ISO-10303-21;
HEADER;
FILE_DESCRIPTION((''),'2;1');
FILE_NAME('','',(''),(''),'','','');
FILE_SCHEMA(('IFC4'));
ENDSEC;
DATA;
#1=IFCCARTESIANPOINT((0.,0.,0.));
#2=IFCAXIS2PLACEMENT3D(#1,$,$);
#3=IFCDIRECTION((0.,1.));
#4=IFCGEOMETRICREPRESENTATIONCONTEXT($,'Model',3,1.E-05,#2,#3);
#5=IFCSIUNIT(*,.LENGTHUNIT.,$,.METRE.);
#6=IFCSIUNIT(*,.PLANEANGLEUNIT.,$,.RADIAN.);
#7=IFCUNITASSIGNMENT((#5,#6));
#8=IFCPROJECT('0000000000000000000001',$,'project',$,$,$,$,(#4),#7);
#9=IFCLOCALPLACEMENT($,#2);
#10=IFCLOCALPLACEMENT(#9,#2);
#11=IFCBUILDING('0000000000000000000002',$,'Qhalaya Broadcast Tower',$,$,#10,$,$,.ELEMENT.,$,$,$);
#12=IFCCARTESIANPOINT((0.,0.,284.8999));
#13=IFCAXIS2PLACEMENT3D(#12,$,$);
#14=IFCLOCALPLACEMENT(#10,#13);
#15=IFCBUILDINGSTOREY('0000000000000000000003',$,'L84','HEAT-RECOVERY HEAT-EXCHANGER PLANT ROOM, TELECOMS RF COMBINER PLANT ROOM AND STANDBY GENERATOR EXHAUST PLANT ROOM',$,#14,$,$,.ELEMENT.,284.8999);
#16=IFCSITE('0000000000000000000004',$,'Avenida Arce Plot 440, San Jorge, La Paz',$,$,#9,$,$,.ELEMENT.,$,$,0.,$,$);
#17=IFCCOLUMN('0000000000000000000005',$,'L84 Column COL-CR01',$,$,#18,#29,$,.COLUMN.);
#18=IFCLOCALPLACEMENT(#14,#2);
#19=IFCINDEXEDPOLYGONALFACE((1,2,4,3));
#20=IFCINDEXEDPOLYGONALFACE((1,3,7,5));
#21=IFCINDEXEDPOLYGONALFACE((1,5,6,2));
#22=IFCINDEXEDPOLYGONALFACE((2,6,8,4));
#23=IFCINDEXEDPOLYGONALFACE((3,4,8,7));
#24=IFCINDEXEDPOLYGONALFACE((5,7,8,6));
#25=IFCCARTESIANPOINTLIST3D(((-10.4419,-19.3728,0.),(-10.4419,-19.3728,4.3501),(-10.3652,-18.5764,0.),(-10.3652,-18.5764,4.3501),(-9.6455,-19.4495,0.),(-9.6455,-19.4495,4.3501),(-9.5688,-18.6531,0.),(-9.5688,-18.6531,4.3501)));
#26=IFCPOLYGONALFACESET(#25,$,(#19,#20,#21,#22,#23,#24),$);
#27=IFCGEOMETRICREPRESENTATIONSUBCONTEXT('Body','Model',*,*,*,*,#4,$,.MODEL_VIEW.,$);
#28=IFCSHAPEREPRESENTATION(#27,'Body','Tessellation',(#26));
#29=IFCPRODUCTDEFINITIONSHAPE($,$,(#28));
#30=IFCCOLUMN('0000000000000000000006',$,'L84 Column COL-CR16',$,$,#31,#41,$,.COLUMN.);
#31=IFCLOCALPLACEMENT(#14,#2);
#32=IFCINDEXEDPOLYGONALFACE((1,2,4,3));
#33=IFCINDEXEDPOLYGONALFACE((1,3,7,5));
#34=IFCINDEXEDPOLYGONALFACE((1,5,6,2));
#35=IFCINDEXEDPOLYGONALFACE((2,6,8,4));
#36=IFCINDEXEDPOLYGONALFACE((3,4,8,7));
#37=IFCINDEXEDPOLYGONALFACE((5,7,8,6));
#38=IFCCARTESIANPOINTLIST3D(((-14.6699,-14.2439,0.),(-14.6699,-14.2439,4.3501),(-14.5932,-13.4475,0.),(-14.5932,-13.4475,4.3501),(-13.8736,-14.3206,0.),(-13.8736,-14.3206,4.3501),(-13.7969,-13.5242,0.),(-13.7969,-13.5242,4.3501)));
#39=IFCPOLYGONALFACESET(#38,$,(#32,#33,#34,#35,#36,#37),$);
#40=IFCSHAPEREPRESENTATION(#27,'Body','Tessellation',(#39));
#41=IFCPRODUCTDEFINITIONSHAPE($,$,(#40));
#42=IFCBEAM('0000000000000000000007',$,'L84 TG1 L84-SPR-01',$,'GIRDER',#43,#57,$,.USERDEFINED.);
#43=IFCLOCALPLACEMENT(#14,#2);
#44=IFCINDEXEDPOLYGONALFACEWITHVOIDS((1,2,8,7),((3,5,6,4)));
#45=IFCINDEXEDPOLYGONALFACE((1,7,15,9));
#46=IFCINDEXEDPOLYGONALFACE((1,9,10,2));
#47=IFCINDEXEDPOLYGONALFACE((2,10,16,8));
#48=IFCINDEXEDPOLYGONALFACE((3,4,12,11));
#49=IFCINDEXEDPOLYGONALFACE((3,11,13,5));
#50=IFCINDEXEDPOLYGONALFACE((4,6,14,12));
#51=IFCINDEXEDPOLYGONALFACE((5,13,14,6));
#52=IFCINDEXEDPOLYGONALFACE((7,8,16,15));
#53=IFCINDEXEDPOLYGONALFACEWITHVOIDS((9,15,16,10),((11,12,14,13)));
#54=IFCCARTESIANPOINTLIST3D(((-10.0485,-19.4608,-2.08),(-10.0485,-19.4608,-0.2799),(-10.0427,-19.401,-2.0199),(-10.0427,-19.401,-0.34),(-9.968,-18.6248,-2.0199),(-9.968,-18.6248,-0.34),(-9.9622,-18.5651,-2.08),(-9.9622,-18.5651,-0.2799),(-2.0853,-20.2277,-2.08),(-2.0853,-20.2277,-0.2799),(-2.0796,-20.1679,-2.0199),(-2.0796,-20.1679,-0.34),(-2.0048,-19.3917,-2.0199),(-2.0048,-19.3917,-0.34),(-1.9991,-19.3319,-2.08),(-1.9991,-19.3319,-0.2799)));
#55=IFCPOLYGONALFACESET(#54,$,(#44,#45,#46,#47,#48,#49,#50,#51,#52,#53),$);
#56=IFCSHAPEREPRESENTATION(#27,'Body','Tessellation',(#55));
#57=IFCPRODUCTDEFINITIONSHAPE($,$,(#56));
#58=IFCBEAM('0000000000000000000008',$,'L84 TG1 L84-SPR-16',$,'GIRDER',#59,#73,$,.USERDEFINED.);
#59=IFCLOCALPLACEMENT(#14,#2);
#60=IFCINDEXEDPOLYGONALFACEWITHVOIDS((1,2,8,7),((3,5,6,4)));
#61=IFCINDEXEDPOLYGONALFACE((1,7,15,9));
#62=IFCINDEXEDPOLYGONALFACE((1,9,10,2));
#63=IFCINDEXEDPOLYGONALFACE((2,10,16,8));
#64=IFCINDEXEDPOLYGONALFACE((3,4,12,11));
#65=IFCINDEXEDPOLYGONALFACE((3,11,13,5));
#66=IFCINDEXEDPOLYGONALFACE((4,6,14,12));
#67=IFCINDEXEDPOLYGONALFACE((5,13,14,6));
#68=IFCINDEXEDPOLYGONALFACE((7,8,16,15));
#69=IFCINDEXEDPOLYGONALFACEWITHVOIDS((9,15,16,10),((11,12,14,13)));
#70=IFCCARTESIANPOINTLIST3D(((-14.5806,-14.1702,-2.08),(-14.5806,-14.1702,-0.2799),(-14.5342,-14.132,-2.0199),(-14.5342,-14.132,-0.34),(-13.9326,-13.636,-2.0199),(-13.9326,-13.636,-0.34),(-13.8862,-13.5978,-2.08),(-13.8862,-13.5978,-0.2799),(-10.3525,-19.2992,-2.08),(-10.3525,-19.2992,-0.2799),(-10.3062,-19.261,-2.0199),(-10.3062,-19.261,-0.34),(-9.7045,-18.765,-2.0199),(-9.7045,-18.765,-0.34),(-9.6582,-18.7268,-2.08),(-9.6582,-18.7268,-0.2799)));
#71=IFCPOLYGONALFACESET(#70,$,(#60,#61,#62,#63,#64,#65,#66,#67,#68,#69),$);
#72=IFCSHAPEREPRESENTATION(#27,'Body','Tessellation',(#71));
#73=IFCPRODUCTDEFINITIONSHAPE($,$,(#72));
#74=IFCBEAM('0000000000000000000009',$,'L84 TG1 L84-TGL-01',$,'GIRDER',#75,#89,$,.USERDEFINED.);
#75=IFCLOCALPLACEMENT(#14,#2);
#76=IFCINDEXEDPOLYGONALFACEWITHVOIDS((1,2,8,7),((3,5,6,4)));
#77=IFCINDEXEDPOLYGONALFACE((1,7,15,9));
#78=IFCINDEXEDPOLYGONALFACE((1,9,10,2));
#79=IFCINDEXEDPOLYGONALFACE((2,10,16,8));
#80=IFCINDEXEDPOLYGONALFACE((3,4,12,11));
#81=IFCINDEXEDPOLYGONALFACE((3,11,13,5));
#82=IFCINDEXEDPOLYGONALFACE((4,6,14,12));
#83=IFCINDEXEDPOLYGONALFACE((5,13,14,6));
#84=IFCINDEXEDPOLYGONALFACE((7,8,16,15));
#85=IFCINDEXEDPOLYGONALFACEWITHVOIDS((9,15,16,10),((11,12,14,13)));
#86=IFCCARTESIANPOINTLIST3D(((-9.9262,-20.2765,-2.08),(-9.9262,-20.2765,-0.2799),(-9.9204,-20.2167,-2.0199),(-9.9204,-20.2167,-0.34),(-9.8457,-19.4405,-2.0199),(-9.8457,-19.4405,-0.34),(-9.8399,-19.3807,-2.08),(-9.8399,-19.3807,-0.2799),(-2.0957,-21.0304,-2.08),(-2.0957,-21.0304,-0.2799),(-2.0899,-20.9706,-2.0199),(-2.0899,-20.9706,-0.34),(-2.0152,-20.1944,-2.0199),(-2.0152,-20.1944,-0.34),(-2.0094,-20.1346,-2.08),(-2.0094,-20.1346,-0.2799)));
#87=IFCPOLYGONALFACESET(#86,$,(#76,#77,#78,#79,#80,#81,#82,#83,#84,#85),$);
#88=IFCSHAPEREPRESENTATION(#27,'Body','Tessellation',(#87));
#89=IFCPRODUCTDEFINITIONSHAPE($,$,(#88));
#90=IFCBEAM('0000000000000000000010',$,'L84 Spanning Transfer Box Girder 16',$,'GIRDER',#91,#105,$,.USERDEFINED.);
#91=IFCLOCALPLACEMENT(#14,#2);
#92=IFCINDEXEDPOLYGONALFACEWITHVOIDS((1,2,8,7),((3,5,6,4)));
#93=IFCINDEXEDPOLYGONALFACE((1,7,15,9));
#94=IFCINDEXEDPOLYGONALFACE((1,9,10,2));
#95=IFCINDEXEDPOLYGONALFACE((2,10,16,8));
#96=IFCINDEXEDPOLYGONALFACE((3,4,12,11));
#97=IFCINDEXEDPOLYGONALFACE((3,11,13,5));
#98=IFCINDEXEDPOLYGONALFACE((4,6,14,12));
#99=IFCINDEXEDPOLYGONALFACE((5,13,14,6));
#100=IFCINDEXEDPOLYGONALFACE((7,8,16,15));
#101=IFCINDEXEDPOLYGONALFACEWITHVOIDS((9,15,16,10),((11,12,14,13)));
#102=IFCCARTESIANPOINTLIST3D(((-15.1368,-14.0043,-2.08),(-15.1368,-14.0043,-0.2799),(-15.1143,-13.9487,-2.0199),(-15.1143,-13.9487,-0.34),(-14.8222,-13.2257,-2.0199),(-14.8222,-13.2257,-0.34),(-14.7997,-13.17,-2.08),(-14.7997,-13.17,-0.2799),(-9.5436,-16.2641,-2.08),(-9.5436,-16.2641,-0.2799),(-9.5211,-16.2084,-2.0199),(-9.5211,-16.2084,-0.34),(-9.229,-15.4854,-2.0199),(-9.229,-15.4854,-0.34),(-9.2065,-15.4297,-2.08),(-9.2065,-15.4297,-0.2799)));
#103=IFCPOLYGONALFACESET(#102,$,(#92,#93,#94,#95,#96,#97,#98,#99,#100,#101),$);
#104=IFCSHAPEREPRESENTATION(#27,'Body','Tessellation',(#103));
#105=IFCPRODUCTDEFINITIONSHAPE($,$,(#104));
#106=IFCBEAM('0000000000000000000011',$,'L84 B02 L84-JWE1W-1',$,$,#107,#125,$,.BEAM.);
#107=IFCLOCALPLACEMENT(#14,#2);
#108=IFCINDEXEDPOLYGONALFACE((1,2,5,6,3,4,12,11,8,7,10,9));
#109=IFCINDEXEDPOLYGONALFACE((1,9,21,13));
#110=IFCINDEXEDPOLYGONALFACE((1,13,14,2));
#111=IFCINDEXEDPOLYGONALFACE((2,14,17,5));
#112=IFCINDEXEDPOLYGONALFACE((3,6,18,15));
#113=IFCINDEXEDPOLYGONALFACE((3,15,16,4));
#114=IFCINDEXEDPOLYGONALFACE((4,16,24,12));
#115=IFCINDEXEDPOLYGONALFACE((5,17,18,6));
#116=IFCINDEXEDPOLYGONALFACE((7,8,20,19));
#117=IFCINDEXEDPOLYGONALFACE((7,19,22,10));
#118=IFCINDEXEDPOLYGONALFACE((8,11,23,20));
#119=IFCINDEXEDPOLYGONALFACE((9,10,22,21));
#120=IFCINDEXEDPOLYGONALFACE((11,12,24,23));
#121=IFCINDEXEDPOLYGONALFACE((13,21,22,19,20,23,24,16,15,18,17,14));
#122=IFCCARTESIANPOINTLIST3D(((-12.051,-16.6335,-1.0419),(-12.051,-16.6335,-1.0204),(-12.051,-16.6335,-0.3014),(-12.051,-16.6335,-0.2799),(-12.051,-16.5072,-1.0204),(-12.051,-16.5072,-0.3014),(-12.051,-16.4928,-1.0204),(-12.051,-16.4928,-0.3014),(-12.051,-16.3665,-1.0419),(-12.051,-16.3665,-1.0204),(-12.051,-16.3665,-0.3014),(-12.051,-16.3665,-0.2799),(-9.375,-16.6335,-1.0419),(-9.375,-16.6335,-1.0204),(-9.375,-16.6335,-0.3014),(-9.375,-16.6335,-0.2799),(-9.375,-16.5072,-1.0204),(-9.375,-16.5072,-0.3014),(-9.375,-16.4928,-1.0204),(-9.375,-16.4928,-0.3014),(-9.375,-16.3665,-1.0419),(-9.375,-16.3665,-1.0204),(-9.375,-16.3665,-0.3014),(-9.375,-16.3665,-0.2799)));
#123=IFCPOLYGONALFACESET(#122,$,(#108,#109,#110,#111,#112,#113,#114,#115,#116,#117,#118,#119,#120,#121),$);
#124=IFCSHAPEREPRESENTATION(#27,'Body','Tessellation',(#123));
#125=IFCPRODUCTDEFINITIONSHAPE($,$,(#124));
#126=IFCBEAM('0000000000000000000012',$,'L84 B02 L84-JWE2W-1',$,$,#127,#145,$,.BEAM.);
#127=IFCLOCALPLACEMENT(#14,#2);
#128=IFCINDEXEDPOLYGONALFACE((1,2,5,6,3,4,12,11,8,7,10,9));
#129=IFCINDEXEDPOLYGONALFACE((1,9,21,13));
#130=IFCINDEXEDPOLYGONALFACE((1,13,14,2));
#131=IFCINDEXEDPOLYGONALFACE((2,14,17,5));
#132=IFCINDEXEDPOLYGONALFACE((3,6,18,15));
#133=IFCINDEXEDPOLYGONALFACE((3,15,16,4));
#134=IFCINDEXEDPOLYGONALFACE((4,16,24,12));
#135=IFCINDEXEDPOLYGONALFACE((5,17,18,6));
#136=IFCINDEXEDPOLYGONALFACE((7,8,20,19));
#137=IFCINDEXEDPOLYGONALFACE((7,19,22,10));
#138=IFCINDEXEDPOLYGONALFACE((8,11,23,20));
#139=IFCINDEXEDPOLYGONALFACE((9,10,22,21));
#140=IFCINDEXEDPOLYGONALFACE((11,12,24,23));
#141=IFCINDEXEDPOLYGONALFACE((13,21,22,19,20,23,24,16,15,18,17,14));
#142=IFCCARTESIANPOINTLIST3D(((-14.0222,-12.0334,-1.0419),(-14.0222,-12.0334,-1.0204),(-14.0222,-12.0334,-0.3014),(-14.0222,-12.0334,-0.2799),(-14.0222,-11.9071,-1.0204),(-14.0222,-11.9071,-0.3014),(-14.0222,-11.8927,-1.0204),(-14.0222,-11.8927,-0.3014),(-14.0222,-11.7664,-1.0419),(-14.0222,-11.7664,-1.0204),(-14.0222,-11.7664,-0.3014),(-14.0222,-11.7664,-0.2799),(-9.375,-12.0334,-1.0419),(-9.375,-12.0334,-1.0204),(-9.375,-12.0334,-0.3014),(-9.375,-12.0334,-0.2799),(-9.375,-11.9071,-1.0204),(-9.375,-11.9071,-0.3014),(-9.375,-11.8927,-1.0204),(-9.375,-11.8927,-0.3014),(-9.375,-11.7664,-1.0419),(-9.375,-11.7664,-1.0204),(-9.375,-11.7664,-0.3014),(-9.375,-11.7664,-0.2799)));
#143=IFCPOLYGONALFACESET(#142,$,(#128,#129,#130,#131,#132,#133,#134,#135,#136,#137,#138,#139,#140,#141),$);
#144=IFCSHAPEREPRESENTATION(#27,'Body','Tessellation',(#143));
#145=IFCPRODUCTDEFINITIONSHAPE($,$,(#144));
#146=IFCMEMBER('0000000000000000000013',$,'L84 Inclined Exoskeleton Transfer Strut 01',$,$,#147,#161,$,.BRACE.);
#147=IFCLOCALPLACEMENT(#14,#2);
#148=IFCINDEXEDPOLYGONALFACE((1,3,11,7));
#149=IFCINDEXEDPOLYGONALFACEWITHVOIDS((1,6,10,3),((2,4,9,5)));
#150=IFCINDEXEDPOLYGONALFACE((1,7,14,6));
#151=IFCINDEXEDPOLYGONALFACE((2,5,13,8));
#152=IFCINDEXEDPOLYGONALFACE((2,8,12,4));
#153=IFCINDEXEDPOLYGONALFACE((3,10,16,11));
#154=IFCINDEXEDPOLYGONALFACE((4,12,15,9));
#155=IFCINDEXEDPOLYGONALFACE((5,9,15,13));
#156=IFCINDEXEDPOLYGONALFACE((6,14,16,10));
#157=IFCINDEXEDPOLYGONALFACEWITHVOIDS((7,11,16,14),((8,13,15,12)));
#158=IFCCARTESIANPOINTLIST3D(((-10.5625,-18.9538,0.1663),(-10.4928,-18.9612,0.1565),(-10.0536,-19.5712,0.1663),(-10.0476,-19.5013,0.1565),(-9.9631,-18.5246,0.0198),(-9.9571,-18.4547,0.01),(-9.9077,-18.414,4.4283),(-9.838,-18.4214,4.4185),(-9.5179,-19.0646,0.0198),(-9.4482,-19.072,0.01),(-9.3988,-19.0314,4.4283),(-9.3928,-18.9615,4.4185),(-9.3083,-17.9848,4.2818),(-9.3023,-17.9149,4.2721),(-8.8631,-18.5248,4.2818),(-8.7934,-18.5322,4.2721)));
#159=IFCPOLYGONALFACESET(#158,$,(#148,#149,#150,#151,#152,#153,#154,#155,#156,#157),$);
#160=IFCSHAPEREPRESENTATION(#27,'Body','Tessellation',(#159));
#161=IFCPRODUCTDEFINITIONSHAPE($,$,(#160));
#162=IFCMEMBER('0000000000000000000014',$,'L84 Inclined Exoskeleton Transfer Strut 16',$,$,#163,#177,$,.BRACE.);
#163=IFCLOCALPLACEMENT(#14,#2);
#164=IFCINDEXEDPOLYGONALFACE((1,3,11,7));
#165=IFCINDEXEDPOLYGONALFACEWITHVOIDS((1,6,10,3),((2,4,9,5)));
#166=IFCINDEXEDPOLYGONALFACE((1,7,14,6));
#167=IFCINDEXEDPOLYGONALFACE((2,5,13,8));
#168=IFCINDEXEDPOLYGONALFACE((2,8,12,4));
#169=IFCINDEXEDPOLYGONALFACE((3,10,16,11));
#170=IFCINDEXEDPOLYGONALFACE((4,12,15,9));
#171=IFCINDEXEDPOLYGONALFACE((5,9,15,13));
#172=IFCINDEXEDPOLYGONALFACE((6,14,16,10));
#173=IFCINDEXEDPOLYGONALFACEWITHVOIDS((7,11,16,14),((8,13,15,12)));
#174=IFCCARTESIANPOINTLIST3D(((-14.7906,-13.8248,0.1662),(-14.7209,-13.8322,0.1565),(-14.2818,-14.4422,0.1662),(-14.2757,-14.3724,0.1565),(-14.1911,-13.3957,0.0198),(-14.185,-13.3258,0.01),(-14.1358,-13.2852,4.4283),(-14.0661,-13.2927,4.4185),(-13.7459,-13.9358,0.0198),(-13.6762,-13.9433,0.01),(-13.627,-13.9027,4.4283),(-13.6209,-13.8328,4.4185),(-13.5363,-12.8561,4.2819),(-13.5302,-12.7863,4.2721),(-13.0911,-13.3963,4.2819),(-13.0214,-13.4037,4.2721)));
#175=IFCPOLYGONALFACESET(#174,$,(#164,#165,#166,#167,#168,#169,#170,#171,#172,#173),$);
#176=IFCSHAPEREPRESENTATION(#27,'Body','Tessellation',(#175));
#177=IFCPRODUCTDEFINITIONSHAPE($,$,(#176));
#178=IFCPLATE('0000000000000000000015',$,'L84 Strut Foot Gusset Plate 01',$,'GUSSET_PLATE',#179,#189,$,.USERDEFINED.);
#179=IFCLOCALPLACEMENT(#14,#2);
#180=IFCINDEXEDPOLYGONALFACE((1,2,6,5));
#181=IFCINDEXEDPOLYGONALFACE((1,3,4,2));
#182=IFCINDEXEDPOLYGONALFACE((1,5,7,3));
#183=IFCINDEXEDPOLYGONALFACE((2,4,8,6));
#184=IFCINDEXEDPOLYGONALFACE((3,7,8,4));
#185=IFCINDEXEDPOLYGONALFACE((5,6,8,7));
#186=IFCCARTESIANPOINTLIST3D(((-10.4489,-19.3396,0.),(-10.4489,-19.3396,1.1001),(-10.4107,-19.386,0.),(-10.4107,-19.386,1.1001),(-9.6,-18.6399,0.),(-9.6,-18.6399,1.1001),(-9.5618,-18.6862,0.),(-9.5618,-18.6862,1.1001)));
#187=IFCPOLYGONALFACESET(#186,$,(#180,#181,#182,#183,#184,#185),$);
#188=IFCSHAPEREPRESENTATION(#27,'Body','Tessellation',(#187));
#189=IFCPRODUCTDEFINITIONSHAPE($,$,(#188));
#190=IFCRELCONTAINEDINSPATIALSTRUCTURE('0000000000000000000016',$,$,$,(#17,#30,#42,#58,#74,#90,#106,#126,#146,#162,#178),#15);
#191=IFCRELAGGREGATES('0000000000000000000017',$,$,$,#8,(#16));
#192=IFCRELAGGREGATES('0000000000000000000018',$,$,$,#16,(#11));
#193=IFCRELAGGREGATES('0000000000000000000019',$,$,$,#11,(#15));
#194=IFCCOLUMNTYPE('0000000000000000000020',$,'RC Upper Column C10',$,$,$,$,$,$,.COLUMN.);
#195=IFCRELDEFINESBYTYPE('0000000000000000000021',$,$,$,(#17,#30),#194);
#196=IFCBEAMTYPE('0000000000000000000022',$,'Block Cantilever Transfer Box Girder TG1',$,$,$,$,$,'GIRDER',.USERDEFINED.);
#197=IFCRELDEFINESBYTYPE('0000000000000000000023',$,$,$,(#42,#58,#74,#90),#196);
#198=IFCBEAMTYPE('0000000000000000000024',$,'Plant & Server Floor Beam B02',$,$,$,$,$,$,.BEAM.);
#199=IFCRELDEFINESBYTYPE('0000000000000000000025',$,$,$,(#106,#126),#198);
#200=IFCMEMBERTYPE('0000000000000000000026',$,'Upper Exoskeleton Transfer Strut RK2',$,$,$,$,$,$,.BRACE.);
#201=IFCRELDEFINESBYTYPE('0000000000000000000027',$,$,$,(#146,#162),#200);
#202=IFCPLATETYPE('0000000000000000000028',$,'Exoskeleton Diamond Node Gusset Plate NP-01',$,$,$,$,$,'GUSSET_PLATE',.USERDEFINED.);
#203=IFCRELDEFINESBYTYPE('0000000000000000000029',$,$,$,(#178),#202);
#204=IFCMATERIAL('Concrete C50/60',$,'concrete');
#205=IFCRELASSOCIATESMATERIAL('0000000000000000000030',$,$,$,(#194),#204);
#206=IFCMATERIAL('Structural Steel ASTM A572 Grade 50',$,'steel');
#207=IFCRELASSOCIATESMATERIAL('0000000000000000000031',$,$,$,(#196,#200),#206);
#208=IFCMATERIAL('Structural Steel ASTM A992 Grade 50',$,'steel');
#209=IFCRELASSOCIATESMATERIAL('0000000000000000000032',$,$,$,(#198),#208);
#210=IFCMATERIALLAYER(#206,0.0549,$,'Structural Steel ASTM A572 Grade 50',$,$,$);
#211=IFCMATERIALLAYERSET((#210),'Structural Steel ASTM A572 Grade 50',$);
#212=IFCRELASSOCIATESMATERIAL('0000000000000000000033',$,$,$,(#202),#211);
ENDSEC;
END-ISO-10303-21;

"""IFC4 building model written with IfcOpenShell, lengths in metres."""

from ifc_helpers import new_model, si_unit, direction, frame, origin, origin_2d, place, context, subcontext, project, spatial, rectangle, hollow_rectangle, i_section, extrude, material, layer, layer_set, material_profile, profile_set, type_object, element, save


model = new_model("IFC4")

# Units and contexts
model_context = context("Model", 3, precision=1e-05, world=origin(), true_north=direction((0.0, 1.0)))
body_context = subcontext(model_context, "Body", "Model", "MODEL_VIEW")
ifc_project = project(units=[si_unit("LENGTHUNIT", "METRE"), si_unit("PLANEANGLEUNIT", "RADIAN")], contexts=[model_context])

# Site, building, storey
site_placement = place(None, origin())
site = spatial("IfcSite", under=ifc_project, at=site_placement, Name="Avenida Arce Plot 440, San Jorge, La Paz", CompositionType="ELEMENT", RefElevation=0.0)
building_placement = place(site_placement, origin())
building = spatial("IfcBuilding", under=site, at=building_placement, Name="Qhalaya Broadcast Tower", CompositionType="ELEMENT")
storey_placement = place(building_placement, frame((0.0, 0.0, 284.8999)))
storey = spatial("IfcBuildingStorey", under=building, at=storey_placement, Name="L84", Description="HEAT-RECOVERY HEAT-EXCHANGER PLANT ROOM, TELECOMS RF COMBINER PLANT ROOM AND STANDBY GENERATOR EXHAUST PLANT ROOM", CompositionType="ELEMENT", Elevation=284.8999)

# Columns
ifc_material_1 = material(Name="Concrete C50/60", Category="concrete")
ifc_material_profile_1 = material_profile(ifc_material_1, rectangle(XDim=0.8, YDim=0.8, at=origin_2d()), Name="RC-COL 800x800")
ifc_profile_set_1 = profile_set([ifc_material_profile_1], Name="Concrete C50/60")
column_type = type_object("IfcColumnType", Name="RC Upper Column C10", PredefinedType="COLUMN", material=ifc_profile_set_1)
for number, where, z_axis, x_axis, name in (
    (1, (-10.0054, -19.0129, 0.0), (0.0, 0.0, 1.0), (0.995396, -0.095846, 0.0), "L84 Column COL-CR01"),
    (2, (-14.2334, -13.884, 0.0), (0.0, 0.0, 1.0), (0.095846, 0.995396, 0.0), "L84 Column COL-CR16"),
):
    element("IfcColumn", number, at=place(storey_placement, frame(where, z_axis=z_axis, x_axis=x_axis)), inside=storey, type_object=column_type, Name=name, PredefinedType="COLUMN", context=body_context, shape_type="SweptSolid", body=[
        extrude(rectangle(XDim=0.8, YDim=0.8, at=origin_2d()), origin(), (0.0, 0.0, 1.0), 4.3501),
    ])

# Beams
ifc_material_2 = material(Name="Structural Steel ASTM A572 Grade 50", Category="steel")
ifc_material_profile_2 = material_profile(ifc_material_2, hollow_rectangle(XDim=0.8999, YDim=1.8, WallThickness=0.0601, at=origin_2d()), Name="BOX 900x1800x60")
ifc_profile_set_2 = profile_set([ifc_material_profile_2], Name="Structural Steel ASTM A572 Grade 50")
beam_type_1 = type_object("IfcBeamType", Name="Block Cantilever Transfer Box Girder TG1", ElementType="GIRDER", PredefinedType="USERDEFINED", material=ifc_profile_set_2)
beam_1_placement = place(storey_placement, frame((-10.0054, -19.0129, -1.1799), z_axis=(0.995395, -0.095856, 0.0), x_axis=(0.095856, 0.995395, 0.0)))
element("IfcBeam", 3, at=beam_1_placement, inside=storey, type_object=beam_type_1, Name="L84 TG1 L84-SPR-01", ObjectType="GIRDER", PredefinedType="USERDEFINED", context=body_context, shape_type="SweptSolid", body=[
    extrude(hollow_rectangle(XDim=0.8999, YDim=1.8, WallThickness=0.0601, at=origin_2d()), origin(), (0.0, 0.0, 1.0), 8.0),
])
beam_2_placement = place(storey_placement, frame((-14.2334, -13.884, -1.1799), z_axis=(0.636086, -0.771618, 0.0), x_axis=(0.771618, 0.636086, 0.0)))
element("IfcBeam", 4, at=beam_2_placement, inside=storey, type_object=beam_type_1, Name="L84 TG1 L84-SPR-16", ObjectType="GIRDER", PredefinedType="USERDEFINED", context=body_context, shape_type="SweptSolid", body=[
    extrude(hollow_rectangle(XDim=0.8999, YDim=1.8, WallThickness=0.0601, at=origin_2d()), origin(), (0.0, 0.0, 1.0), 6.647),
])
beam_3_placement = place(storey_placement, frame((-9.8831, -19.8286, -1.1799), z_axis=(0.995397, -0.095834, 0.0), x_axis=(0.095834, 0.995397, 0.0)))
element("IfcBeam", 5, at=beam_3_placement, inside=storey, type_object=beam_type_1, Name="L84 TG1 L84-TGL-01", ObjectType="GIRDER", PredefinedType="USERDEFINED", context=body_context, shape_type="SweptSolid", body=[
    extrude(hollow_rectangle(XDim=0.8999, YDim=1.8, WallThickness=0.0601, at=origin_2d()), origin(), (0.0, 0.0, 1.0), 7.8667),
])
beam_4_placement = place(storey_placement, frame((-14.9683, -13.5872, -1.1799), z_axis=(0.927187, -0.374598, 0.0), x_axis=(0.374598, 0.927187, 0.0)))
element("IfcBeam", 6, at=beam_4_placement, inside=storey, type_object=beam_type_1, Name="L84 Spanning Transfer Box Girder 16", ObjectType="GIRDER", PredefinedType="USERDEFINED", context=body_context, shape_type="SweptSolid", body=[
    extrude(hollow_rectangle(XDim=0.8999, YDim=1.8, WallThickness=0.0601, at=origin_2d()), origin(), (0.0, 0.0, 1.0), 6.0325),
])
ifc_material_3 = material(Name="Structural Steel ASTM A992 Grade 50", Category="steel")
ifc_material_profile_3 = material_profile(ifc_material_3, i_section(OverallWidth=0.2671, OverallDepth=0.762, WebThickness=0.0144, FlangeThickness=0.0215, at=origin_2d()), Name="W30X116")
ifc_profile_set_3 = profile_set([ifc_material_profile_3], Name="Structural Steel ASTM A992 Grade 50")
beam_type_2 = type_object("IfcBeamType", Name="Plant & Server Floor Beam B02", PredefinedType="BEAM", material=ifc_profile_set_3)
beam_5_placement = place(storey_placement, frame((-12.051, -16.5, -0.6609), z_axis=(1.0, 0.0, 0.0), x_axis=(0.0, 1.0, 0.0)))
element("IfcBeam", 7, at=beam_5_placement, inside=storey, type_object=beam_type_2, Name="L84 B02 L84-JWE1W-1", PredefinedType="BEAM", context=body_context, shape_type="SweptSolid", body=[
    extrude(i_section(OverallWidth=0.2671, OverallDepth=0.762, WebThickness=0.0144, FlangeThickness=0.0215, at=origin_2d()), origin(), (0.0, 0.0, 1.0), 2.676),
])
beam_6_placement = place(storey_placement, frame((-14.0222, -11.8999, -0.6609), z_axis=(1.0, 0.0, 0.0), x_axis=(0.0, 1.0, 0.0)))
element("IfcBeam", 8, at=beam_6_placement, inside=storey, type_object=beam_type_2, Name="L84 B02 L84-JWE2W-1", PredefinedType="BEAM", context=body_context, shape_type="SweptSolid", body=[
    extrude(i_section(OverallWidth=0.2671, OverallDepth=0.762, WebThickness=0.0144, FlangeThickness=0.0215, at=origin_2d()), origin(), (0.0, 0.0, 1.0), 4.6472),
])

# Members
ifc_material_profile_4 = material_profile(ifc_material_2, hollow_rectangle(XDim=0.8, YDim=0.8, WallThickness=0.05, at=origin_2d()), Name="BOX 800x800x50")
ifc_profile_set_4 = profile_set([ifc_material_profile_4], Name="Structural Steel ASTM A572 Grade 50")
member_type = type_object("IfcMemberType", Name="Upper Exoskeleton Transfer Strut RK2", PredefinedType="BRACE", material=ifc_profile_set_4)
for number, where, z_axis, x_axis, name in (
    (9, (-10.0054, -19.0129, 0.0881), (0.150677, 0.124216, 0.980748), (-0.6361, 0.771606, 0.0), "L84 Inclined Exoskeleton Transfer Strut 01"),
    (10, (-14.2334, -13.884, 0.0881), (0.150678, 0.12416, 0.980755), (-0.635929, 0.771747, 0.0), "L84 Inclined Exoskeleton Transfer Strut 16"),
):
    element("IfcMember", number, at=place(storey_placement, frame(where, z_axis=z_axis, x_axis=x_axis)), inside=storey, type_object=member_type, Name=name, PredefinedType="BRACE", context=body_context, shape_type="SweptSolid", body=[
        extrude(hollow_rectangle(XDim=0.8, YDim=0.8, WallThickness=0.05, at=origin_2d()), origin(), (0.0, 0.0, 1.0), 4.3457),
    ])

# Plate
ifc_layer_1 = layer(ifc_material_2, 0.0549, Name="Structural Steel ASTM A572 Grade 50")
ifc_layer_set_1 = layer_set([ifc_layer_1], Name="Structural Steel ASTM A572 Grade 50")
plate_type_1 = type_object("IfcPlateType", Name="Exoskeleton Diamond Node Gusset Plate NP-01", ElementType="GUSSET_PLATE", PredefinedType="USERDEFINED", material=ifc_layer_set_1)
for number, where, z_axis, x_axis, name in (
    (11, (-10.0054, -19.0129, 0.0), (0.0, 0.0, 1.0), (0.771613, 0.636092, 0.0), "L84 Strut Foot Gusset Plate 01"),
):
    element("IfcPlate", number, at=place(storey_placement, frame(where, z_axis=z_axis, x_axis=x_axis)), inside=storey, type_object=plate_type_1, Name=name, ObjectType="GUSSET_PLATE", PredefinedType="USERDEFINED", context=body_context, shape_type="SweptSolid", body=[
        extrude(rectangle(XDim=1.1001, YDim=0.0601, at=origin_2d()), origin(), (0.0, 0.0, 1.0), 1.1001),
    ])

save(model, "model.ifc")
